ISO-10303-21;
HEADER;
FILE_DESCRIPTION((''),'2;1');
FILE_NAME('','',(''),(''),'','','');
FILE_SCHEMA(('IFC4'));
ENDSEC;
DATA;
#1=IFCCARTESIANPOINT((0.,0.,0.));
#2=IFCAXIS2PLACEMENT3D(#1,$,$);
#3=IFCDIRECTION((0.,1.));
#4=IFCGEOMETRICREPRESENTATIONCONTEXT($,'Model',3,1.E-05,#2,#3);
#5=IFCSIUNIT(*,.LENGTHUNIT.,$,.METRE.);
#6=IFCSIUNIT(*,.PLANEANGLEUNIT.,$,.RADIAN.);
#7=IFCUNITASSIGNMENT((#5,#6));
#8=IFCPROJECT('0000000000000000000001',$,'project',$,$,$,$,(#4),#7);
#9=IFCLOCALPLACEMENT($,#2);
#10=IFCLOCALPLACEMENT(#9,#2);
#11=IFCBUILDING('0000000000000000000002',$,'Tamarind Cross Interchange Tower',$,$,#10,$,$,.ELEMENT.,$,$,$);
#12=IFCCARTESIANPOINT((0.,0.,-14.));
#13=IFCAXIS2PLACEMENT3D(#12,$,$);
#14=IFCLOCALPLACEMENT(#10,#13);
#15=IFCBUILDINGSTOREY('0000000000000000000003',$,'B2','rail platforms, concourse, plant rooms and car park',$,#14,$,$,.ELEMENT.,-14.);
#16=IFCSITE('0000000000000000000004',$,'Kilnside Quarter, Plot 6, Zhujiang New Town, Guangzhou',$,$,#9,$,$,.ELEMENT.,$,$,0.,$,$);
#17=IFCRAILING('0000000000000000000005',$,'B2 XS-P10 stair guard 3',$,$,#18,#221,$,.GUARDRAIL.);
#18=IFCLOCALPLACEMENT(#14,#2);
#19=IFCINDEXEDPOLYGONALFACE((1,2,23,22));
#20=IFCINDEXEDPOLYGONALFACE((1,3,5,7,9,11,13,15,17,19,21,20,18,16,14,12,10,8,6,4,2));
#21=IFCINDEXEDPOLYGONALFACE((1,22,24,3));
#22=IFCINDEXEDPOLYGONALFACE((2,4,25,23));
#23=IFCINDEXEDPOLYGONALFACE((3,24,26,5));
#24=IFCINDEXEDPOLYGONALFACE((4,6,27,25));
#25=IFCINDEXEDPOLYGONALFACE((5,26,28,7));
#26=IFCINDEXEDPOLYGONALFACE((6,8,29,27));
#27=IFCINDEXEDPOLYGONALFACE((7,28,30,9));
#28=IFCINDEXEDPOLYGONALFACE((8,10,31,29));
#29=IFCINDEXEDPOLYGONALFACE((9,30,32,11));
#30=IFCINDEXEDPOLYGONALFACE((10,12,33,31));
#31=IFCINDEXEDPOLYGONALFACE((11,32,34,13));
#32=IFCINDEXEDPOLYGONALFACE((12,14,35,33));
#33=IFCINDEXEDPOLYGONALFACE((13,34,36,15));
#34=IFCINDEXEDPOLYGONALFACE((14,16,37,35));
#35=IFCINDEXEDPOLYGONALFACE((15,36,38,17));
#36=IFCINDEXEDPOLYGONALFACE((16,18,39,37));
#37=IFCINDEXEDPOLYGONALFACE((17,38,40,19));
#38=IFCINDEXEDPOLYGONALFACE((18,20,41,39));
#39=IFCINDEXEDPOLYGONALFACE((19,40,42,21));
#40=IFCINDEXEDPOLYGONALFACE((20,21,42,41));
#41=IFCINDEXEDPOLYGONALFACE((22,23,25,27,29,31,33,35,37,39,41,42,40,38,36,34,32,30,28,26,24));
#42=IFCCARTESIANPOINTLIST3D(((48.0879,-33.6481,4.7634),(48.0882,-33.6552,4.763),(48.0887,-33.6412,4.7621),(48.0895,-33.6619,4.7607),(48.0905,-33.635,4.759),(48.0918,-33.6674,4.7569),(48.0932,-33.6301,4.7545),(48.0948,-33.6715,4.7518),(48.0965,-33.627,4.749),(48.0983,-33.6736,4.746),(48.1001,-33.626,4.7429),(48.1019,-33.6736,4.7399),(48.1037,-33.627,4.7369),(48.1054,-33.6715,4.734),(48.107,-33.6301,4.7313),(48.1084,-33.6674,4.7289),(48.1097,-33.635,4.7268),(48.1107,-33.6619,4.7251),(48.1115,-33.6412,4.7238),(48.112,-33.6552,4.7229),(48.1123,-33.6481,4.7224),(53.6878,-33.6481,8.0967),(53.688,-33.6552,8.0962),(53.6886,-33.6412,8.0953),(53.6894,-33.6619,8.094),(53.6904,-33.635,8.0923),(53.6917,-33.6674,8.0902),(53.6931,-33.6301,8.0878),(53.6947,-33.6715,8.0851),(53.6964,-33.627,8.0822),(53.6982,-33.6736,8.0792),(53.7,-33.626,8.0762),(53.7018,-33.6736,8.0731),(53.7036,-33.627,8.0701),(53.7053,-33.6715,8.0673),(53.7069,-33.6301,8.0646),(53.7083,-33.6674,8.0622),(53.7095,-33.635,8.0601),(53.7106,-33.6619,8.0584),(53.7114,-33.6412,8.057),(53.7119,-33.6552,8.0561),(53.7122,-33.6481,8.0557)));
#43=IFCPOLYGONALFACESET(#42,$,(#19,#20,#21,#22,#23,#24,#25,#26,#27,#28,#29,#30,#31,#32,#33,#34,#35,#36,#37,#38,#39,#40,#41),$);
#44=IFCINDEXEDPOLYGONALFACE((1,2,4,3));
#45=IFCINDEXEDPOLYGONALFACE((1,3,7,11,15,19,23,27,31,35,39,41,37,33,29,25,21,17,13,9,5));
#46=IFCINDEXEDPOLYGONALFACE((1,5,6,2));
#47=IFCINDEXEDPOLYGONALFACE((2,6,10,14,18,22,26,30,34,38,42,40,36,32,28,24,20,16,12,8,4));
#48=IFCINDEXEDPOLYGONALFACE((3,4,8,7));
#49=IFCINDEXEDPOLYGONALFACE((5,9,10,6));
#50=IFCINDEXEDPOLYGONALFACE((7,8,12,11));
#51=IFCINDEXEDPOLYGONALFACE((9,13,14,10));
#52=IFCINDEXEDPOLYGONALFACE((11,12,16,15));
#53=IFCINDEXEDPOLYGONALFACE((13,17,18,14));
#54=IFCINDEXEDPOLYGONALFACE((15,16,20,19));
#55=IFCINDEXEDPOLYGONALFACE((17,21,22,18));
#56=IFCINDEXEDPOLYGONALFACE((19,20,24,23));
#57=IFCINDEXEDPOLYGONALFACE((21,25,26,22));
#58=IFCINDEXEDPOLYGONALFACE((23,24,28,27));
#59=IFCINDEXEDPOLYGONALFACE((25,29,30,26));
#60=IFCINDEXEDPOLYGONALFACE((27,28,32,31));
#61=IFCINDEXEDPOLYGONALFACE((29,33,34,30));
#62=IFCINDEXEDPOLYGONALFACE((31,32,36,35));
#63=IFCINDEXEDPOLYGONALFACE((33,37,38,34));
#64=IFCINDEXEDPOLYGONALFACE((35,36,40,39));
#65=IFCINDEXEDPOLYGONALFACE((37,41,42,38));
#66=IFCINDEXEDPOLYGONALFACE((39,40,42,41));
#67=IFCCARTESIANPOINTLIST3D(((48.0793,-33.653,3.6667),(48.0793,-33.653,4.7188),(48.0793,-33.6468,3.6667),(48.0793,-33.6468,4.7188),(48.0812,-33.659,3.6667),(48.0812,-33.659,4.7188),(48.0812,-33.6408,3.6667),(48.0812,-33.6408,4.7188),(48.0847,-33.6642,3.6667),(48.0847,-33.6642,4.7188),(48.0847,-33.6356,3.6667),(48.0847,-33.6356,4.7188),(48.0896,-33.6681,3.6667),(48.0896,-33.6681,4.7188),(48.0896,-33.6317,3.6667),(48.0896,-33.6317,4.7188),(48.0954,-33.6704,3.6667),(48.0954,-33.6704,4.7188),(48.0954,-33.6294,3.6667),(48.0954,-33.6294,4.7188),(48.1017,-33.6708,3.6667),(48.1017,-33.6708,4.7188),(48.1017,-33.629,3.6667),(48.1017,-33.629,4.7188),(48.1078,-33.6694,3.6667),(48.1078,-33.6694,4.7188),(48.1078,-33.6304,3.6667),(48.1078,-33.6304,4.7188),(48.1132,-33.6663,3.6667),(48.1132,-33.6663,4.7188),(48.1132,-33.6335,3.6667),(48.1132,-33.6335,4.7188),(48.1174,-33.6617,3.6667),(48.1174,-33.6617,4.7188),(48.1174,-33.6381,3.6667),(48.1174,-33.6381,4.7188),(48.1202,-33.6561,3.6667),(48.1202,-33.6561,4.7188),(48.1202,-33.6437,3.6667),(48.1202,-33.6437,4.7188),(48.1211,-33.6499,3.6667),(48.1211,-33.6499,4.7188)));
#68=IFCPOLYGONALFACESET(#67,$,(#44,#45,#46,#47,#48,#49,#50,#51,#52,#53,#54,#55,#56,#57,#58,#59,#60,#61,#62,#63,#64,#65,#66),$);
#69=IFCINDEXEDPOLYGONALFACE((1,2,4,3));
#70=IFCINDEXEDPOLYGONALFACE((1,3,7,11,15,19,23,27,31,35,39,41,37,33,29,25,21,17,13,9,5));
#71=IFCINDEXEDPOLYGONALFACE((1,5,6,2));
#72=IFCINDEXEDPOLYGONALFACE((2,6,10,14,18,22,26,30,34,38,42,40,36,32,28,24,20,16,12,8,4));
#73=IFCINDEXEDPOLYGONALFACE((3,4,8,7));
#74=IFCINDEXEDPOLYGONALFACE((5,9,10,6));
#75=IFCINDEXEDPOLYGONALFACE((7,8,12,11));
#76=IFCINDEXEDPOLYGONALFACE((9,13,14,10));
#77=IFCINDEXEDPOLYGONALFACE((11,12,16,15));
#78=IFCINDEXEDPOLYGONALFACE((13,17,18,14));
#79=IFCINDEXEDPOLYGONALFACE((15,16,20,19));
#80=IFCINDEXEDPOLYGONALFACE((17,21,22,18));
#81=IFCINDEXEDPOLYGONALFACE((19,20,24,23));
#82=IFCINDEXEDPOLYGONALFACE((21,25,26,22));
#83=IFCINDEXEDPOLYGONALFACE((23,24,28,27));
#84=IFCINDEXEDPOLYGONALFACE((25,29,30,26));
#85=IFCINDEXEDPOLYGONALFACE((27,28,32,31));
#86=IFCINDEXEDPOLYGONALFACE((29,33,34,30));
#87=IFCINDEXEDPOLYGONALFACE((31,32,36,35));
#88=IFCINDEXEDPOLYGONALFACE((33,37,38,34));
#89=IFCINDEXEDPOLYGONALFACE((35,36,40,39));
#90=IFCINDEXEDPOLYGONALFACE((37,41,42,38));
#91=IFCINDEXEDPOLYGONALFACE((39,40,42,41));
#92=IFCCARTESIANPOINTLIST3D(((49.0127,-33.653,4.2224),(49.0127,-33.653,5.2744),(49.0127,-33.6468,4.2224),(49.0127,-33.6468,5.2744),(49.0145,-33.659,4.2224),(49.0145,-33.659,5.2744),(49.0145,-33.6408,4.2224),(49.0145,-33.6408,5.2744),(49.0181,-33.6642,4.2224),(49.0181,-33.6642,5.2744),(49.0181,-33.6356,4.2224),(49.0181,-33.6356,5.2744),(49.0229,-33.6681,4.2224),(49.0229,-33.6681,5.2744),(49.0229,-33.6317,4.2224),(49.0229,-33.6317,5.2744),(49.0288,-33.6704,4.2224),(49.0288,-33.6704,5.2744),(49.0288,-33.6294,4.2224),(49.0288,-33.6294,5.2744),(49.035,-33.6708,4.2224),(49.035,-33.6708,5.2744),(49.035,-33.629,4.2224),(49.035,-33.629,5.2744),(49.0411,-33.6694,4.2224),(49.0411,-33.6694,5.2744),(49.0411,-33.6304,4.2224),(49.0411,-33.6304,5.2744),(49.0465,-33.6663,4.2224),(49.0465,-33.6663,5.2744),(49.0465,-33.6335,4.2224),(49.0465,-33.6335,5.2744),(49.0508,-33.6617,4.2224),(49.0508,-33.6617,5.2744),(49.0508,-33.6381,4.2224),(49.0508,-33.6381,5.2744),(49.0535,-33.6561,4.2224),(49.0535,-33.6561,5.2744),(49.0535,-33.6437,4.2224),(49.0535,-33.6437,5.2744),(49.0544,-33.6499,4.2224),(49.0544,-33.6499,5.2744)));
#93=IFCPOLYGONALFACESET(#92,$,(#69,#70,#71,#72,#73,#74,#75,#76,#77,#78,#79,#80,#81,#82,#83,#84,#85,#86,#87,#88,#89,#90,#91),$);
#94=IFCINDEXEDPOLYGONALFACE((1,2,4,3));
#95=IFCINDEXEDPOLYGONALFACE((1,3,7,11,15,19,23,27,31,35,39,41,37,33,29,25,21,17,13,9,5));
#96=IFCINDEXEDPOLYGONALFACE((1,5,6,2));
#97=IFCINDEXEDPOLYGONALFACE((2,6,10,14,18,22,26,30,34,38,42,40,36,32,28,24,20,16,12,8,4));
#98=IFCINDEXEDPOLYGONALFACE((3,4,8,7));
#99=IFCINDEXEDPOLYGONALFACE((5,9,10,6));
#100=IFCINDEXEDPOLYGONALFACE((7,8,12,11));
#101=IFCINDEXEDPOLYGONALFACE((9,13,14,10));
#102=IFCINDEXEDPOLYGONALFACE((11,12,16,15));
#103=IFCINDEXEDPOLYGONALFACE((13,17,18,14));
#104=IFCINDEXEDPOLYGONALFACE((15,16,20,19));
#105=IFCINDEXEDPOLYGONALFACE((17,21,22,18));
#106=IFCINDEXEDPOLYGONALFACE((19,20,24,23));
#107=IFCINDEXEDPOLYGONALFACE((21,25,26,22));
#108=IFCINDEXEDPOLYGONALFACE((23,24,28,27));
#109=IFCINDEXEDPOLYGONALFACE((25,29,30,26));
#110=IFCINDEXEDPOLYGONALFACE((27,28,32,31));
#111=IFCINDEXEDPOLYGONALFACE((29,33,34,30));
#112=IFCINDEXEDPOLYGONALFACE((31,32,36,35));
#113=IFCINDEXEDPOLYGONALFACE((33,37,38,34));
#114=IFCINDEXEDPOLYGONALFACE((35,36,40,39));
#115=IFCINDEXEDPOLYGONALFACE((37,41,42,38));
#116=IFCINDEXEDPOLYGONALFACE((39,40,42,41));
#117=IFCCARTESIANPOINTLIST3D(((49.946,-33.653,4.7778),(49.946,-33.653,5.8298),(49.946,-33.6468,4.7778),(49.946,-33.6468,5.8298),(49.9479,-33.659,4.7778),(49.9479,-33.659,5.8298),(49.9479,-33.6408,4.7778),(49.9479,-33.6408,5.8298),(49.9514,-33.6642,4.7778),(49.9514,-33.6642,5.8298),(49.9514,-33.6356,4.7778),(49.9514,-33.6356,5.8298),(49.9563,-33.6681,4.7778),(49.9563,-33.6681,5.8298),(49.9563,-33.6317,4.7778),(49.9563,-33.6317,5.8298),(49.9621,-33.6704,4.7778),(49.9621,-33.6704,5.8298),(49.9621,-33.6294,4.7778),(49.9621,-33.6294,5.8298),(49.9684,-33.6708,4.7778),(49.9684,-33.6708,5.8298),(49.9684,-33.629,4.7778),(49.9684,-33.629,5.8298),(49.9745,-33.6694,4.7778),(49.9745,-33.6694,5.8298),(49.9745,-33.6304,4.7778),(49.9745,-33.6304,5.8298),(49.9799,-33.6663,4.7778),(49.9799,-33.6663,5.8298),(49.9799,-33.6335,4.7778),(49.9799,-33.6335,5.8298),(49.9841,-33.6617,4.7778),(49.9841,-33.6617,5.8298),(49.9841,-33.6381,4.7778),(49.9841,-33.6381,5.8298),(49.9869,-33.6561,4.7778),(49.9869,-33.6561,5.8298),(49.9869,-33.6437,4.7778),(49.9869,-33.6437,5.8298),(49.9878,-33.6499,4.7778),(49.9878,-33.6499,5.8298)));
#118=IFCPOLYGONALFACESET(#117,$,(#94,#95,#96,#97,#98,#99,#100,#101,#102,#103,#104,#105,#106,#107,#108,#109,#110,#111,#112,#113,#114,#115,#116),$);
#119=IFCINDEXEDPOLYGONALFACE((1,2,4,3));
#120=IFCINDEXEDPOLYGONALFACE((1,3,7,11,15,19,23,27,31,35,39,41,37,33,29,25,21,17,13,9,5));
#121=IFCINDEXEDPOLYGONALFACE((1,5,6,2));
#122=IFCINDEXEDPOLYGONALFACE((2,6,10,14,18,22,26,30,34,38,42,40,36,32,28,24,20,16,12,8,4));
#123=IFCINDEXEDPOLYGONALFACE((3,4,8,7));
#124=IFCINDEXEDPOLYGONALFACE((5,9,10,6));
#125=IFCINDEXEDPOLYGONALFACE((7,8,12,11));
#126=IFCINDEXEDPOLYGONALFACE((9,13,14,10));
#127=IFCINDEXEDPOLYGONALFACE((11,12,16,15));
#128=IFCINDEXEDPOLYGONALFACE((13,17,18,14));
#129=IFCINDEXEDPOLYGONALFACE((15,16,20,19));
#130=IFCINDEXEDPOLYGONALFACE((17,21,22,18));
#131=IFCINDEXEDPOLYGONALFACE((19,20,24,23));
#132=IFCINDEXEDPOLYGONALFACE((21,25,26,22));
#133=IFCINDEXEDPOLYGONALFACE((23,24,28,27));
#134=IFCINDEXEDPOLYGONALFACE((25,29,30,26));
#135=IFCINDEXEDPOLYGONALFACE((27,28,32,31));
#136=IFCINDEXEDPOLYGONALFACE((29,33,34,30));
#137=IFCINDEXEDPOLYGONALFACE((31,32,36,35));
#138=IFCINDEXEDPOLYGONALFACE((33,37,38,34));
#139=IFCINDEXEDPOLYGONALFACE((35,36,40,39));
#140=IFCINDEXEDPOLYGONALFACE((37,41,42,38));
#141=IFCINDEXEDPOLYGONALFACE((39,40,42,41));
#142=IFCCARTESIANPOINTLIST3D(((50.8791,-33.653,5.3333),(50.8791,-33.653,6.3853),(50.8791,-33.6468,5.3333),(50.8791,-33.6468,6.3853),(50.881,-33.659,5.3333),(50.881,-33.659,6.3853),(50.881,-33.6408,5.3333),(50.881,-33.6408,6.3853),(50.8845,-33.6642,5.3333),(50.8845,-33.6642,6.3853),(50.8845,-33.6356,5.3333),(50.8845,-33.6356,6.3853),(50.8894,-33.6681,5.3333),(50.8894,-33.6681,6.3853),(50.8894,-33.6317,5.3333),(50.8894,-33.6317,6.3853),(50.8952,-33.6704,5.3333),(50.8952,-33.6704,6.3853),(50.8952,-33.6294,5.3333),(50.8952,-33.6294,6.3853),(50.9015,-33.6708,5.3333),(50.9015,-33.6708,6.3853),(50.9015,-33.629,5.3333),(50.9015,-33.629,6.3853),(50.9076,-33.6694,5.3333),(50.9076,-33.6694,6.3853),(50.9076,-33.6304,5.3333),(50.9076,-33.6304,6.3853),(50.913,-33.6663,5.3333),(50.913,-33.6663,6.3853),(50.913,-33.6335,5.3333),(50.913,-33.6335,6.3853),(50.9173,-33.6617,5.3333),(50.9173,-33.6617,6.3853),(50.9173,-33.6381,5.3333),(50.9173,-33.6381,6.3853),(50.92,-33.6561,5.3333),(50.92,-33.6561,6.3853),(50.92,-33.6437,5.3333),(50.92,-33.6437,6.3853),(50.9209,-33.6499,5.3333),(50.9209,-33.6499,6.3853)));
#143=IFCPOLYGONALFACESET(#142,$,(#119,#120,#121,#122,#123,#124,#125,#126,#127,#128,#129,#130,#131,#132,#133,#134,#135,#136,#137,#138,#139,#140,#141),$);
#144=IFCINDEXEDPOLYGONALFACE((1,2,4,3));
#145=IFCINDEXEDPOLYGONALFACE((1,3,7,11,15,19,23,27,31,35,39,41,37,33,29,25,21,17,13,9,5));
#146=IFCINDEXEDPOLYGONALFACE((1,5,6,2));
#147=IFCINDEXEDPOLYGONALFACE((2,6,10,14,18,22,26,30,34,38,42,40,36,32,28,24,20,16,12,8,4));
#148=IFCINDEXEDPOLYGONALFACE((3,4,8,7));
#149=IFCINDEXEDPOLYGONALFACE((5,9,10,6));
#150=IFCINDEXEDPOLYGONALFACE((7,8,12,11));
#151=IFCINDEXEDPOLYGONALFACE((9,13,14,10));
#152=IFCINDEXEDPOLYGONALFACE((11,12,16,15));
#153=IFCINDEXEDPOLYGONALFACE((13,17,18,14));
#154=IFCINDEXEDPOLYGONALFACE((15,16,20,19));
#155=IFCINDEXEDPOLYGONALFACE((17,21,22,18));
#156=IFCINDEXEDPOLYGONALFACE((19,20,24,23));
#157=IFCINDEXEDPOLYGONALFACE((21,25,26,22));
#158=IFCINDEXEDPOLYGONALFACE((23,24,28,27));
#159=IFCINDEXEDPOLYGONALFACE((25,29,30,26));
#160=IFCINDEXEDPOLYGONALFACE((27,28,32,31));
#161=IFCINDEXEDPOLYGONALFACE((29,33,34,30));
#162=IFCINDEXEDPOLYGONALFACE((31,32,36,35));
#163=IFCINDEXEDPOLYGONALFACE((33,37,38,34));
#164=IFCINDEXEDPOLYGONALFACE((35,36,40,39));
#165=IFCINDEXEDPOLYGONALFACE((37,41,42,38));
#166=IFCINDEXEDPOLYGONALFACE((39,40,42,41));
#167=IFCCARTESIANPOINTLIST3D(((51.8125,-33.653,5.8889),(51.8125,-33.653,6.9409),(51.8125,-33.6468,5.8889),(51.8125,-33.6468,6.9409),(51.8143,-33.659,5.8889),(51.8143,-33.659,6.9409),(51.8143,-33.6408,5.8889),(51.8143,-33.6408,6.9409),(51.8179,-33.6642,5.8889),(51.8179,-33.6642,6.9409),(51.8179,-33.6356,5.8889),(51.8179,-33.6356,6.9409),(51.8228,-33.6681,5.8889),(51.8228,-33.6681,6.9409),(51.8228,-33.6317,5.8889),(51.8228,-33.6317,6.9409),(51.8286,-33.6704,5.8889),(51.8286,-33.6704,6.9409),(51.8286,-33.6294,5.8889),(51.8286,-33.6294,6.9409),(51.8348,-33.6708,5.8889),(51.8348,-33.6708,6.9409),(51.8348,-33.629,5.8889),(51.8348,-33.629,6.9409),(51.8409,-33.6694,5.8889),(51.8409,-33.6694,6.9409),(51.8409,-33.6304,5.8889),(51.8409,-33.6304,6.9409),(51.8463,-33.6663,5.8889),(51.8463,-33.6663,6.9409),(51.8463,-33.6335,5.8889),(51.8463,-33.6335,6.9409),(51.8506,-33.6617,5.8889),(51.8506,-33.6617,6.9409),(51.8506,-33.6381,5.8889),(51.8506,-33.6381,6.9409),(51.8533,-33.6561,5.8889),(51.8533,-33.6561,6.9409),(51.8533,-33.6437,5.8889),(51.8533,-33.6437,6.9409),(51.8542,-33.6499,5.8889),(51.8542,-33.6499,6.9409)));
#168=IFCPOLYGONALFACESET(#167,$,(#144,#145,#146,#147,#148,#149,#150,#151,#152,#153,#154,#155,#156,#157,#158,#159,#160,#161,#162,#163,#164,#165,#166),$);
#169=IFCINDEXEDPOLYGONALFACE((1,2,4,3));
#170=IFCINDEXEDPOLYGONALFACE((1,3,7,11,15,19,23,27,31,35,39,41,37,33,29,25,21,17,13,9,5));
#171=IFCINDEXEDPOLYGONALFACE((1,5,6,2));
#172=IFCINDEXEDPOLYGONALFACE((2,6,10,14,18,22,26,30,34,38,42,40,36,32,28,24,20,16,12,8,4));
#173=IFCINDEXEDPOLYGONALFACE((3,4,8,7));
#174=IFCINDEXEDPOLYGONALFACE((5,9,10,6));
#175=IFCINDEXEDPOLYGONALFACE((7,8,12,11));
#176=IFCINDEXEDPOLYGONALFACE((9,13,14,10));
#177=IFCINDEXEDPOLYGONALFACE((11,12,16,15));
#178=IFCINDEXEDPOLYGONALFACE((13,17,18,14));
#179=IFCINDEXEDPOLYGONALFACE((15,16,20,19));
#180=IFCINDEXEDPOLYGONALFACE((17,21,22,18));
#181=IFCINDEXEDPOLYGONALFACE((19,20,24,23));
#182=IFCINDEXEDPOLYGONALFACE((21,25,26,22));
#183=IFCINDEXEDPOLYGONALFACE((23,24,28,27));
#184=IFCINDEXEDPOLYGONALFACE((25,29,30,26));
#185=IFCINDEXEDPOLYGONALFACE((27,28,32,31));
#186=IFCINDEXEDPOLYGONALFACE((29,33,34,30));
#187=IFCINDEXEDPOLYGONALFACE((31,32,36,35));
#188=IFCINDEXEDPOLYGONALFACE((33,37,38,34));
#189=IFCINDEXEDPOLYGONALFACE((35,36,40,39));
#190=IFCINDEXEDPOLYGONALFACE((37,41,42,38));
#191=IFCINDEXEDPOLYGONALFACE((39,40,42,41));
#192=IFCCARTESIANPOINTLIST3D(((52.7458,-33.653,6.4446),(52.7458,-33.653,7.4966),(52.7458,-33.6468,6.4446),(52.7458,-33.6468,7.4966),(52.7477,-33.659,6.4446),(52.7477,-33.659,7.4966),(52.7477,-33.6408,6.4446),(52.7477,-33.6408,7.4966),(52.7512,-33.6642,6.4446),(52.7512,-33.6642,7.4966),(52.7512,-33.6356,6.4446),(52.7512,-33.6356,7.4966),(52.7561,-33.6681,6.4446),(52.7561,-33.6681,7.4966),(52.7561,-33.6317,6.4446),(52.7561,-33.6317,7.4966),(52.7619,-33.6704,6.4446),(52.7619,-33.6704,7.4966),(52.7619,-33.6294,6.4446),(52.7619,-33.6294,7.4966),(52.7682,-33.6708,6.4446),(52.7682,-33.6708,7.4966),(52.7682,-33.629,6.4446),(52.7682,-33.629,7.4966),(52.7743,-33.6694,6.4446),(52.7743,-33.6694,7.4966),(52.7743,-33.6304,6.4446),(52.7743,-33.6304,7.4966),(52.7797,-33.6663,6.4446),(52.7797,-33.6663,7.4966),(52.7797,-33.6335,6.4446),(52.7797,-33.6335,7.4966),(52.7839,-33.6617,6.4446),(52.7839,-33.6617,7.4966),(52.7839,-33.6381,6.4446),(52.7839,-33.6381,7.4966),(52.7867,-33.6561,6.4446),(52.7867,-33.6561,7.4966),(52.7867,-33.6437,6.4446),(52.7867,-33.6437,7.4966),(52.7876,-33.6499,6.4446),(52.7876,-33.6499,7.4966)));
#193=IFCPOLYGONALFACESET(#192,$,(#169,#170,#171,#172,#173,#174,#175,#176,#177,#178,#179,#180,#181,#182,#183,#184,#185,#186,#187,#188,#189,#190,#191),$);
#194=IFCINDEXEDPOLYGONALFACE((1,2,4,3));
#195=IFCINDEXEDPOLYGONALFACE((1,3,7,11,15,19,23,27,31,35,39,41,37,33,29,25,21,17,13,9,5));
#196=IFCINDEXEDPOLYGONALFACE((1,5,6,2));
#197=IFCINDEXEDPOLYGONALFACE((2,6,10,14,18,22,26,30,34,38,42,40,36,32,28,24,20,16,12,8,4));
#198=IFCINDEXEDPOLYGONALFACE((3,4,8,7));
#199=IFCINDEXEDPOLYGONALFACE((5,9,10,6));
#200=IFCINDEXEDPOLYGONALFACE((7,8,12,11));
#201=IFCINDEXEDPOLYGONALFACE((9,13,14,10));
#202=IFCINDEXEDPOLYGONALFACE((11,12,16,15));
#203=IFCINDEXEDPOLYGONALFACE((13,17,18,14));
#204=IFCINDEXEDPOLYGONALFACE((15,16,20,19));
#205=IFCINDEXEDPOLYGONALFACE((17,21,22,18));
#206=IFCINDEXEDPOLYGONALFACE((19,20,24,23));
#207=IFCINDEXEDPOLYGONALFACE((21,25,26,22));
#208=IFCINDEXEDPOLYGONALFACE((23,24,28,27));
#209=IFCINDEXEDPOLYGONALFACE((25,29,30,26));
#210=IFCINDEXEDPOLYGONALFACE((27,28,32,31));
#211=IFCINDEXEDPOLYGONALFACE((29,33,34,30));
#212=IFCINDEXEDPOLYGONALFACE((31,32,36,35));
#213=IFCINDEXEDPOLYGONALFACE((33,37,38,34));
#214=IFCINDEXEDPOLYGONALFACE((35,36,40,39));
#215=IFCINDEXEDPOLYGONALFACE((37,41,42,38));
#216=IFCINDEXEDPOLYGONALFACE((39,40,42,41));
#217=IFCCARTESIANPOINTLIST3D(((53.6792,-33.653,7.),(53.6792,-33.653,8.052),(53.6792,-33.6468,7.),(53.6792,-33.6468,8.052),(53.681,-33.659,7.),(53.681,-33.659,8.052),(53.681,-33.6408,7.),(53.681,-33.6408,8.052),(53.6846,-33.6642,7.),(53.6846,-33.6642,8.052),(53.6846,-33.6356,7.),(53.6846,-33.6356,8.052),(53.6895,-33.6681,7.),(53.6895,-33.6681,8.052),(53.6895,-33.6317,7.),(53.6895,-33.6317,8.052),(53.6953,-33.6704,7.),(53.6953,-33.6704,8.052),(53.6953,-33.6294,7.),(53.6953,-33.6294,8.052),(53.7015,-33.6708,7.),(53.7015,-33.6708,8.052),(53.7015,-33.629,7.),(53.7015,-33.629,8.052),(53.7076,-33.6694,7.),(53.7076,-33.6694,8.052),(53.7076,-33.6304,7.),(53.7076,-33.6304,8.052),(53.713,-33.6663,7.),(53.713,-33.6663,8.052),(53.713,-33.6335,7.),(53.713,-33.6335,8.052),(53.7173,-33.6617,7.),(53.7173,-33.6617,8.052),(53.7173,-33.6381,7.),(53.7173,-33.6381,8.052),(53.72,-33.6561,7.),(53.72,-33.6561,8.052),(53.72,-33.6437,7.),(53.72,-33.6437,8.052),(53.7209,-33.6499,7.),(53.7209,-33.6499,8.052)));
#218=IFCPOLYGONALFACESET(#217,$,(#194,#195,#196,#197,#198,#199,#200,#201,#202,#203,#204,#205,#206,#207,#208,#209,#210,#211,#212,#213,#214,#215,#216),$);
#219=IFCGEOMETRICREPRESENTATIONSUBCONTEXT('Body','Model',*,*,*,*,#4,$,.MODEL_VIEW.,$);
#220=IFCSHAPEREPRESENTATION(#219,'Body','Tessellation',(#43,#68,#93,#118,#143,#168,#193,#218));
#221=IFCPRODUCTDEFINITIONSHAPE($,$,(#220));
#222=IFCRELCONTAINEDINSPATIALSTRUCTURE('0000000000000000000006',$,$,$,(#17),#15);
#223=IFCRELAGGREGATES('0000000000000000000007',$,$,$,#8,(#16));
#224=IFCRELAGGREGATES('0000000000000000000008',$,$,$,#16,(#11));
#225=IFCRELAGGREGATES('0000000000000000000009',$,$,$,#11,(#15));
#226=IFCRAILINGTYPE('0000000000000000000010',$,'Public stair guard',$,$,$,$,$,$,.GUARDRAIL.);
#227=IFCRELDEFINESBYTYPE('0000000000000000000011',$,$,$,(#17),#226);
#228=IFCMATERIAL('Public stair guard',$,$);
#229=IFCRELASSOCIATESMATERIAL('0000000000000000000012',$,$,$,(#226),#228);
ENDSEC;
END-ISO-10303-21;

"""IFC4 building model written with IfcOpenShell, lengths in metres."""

from ifc_helpers import new_model, si_unit, direction, frame, origin, origin_2d, place, context, subcontext, project, spatial, circle, extrude, material, type_object, element, save


model = new_model("IFC4")

# Units and contexts
model_context = context("Model", 3, precision=1e-05, world=origin(), true_north=direction((0.0, 1.0)))
body_context = subcontext(model_context, "Body", "Model", "MODEL_VIEW")
ifc_project = project(units=[si_unit("LENGTHUNIT", "METRE"), si_unit("PLANEANGLEUNIT", "RADIAN")], contexts=[model_context])

# Site, building, storey
site_placement = place(None, origin())
site = spatial("IfcSite", under=ifc_project, at=site_placement, Name="Kilnside Quarter, Plot 6, Zhujiang New Town, Guangzhou", CompositionType="ELEMENT", RefElevation=0.0)
building_placement = place(site_placement, origin())
building = spatial("IfcBuilding", under=site, at=building_placement, Name="Tamarind Cross Interchange Tower", CompositionType="ELEMENT")
storey_placement = place(building_placement, frame((0.0, 0.0, -14.0)))
storey = spatial("IfcBuildingStorey", under=building, at=storey_placement, Name="B2", Description="rail platforms, concourse, plant rooms and car park", CompositionType="ELEMENT", Elevation=-14.0)

# Railing
ifc_material_1 = material(Name="Public stair guard")
railing_type_1 = type_object("IfcRailingType", Name="Public stair guard", PredefinedType="GUARDRAIL", material=ifc_material_1)
railing_1_placement = place(storey_placement, frame((48.1001, -33.6499, 3.6667)))
element("IfcRailing", 1, at=railing_1_placement, inside=storey, type_object=railing_type_1, Name="B2 XS-P10 stair guard 3", PredefinedType="GUARDRAIL", context=body_context, shape_type="SweptSolid", body=[
    extrude(circle(Radius=0.0239, at=origin_2d()), frame((0.0, 0.0, 1.0762), z_axis=(0.859292, 0.0, 0.511485), x_axis=(0.0, 1.0, 0.0)), (0.0, 0.0, 1.0), 6.5168),
    extrude(circle(Radius=0.021, at=origin_2d()), origin(), (0.0, 0.0, 1.0), 1.052),
    extrude(circle(Radius=0.021, at=origin_2d()), frame((0.9333, 0.0, 0.5557)), (0.0, 0.0, 1.0), 1.052),
    extrude(circle(Radius=0.021, at=origin_2d()), frame((1.8667, 0.0, 1.1111)), (0.0, 0.0, 1.0), 1.052),
    extrude(circle(Radius=0.021, at=origin_2d()), frame((2.7998, 0.0, 1.6665)), (0.0, 0.0, 1.0), 1.052),
    extrude(circle(Radius=0.021, at=origin_2d()), frame((3.7332, 0.0, 2.2222)), (0.0, 0.0, 1.0), 1.052),
    extrude(circle(Radius=0.021, at=origin_2d()), frame((4.6665, 0.0, 2.7778)), (0.0, 0.0, 1.0), 1.052),
    extrude(circle(Radius=0.021, at=origin_2d()), frame((5.5999, 0.0, 3.3333)), (0.0, 0.0, 1.0), 1.052),
])

save(model, "model.ifc")
